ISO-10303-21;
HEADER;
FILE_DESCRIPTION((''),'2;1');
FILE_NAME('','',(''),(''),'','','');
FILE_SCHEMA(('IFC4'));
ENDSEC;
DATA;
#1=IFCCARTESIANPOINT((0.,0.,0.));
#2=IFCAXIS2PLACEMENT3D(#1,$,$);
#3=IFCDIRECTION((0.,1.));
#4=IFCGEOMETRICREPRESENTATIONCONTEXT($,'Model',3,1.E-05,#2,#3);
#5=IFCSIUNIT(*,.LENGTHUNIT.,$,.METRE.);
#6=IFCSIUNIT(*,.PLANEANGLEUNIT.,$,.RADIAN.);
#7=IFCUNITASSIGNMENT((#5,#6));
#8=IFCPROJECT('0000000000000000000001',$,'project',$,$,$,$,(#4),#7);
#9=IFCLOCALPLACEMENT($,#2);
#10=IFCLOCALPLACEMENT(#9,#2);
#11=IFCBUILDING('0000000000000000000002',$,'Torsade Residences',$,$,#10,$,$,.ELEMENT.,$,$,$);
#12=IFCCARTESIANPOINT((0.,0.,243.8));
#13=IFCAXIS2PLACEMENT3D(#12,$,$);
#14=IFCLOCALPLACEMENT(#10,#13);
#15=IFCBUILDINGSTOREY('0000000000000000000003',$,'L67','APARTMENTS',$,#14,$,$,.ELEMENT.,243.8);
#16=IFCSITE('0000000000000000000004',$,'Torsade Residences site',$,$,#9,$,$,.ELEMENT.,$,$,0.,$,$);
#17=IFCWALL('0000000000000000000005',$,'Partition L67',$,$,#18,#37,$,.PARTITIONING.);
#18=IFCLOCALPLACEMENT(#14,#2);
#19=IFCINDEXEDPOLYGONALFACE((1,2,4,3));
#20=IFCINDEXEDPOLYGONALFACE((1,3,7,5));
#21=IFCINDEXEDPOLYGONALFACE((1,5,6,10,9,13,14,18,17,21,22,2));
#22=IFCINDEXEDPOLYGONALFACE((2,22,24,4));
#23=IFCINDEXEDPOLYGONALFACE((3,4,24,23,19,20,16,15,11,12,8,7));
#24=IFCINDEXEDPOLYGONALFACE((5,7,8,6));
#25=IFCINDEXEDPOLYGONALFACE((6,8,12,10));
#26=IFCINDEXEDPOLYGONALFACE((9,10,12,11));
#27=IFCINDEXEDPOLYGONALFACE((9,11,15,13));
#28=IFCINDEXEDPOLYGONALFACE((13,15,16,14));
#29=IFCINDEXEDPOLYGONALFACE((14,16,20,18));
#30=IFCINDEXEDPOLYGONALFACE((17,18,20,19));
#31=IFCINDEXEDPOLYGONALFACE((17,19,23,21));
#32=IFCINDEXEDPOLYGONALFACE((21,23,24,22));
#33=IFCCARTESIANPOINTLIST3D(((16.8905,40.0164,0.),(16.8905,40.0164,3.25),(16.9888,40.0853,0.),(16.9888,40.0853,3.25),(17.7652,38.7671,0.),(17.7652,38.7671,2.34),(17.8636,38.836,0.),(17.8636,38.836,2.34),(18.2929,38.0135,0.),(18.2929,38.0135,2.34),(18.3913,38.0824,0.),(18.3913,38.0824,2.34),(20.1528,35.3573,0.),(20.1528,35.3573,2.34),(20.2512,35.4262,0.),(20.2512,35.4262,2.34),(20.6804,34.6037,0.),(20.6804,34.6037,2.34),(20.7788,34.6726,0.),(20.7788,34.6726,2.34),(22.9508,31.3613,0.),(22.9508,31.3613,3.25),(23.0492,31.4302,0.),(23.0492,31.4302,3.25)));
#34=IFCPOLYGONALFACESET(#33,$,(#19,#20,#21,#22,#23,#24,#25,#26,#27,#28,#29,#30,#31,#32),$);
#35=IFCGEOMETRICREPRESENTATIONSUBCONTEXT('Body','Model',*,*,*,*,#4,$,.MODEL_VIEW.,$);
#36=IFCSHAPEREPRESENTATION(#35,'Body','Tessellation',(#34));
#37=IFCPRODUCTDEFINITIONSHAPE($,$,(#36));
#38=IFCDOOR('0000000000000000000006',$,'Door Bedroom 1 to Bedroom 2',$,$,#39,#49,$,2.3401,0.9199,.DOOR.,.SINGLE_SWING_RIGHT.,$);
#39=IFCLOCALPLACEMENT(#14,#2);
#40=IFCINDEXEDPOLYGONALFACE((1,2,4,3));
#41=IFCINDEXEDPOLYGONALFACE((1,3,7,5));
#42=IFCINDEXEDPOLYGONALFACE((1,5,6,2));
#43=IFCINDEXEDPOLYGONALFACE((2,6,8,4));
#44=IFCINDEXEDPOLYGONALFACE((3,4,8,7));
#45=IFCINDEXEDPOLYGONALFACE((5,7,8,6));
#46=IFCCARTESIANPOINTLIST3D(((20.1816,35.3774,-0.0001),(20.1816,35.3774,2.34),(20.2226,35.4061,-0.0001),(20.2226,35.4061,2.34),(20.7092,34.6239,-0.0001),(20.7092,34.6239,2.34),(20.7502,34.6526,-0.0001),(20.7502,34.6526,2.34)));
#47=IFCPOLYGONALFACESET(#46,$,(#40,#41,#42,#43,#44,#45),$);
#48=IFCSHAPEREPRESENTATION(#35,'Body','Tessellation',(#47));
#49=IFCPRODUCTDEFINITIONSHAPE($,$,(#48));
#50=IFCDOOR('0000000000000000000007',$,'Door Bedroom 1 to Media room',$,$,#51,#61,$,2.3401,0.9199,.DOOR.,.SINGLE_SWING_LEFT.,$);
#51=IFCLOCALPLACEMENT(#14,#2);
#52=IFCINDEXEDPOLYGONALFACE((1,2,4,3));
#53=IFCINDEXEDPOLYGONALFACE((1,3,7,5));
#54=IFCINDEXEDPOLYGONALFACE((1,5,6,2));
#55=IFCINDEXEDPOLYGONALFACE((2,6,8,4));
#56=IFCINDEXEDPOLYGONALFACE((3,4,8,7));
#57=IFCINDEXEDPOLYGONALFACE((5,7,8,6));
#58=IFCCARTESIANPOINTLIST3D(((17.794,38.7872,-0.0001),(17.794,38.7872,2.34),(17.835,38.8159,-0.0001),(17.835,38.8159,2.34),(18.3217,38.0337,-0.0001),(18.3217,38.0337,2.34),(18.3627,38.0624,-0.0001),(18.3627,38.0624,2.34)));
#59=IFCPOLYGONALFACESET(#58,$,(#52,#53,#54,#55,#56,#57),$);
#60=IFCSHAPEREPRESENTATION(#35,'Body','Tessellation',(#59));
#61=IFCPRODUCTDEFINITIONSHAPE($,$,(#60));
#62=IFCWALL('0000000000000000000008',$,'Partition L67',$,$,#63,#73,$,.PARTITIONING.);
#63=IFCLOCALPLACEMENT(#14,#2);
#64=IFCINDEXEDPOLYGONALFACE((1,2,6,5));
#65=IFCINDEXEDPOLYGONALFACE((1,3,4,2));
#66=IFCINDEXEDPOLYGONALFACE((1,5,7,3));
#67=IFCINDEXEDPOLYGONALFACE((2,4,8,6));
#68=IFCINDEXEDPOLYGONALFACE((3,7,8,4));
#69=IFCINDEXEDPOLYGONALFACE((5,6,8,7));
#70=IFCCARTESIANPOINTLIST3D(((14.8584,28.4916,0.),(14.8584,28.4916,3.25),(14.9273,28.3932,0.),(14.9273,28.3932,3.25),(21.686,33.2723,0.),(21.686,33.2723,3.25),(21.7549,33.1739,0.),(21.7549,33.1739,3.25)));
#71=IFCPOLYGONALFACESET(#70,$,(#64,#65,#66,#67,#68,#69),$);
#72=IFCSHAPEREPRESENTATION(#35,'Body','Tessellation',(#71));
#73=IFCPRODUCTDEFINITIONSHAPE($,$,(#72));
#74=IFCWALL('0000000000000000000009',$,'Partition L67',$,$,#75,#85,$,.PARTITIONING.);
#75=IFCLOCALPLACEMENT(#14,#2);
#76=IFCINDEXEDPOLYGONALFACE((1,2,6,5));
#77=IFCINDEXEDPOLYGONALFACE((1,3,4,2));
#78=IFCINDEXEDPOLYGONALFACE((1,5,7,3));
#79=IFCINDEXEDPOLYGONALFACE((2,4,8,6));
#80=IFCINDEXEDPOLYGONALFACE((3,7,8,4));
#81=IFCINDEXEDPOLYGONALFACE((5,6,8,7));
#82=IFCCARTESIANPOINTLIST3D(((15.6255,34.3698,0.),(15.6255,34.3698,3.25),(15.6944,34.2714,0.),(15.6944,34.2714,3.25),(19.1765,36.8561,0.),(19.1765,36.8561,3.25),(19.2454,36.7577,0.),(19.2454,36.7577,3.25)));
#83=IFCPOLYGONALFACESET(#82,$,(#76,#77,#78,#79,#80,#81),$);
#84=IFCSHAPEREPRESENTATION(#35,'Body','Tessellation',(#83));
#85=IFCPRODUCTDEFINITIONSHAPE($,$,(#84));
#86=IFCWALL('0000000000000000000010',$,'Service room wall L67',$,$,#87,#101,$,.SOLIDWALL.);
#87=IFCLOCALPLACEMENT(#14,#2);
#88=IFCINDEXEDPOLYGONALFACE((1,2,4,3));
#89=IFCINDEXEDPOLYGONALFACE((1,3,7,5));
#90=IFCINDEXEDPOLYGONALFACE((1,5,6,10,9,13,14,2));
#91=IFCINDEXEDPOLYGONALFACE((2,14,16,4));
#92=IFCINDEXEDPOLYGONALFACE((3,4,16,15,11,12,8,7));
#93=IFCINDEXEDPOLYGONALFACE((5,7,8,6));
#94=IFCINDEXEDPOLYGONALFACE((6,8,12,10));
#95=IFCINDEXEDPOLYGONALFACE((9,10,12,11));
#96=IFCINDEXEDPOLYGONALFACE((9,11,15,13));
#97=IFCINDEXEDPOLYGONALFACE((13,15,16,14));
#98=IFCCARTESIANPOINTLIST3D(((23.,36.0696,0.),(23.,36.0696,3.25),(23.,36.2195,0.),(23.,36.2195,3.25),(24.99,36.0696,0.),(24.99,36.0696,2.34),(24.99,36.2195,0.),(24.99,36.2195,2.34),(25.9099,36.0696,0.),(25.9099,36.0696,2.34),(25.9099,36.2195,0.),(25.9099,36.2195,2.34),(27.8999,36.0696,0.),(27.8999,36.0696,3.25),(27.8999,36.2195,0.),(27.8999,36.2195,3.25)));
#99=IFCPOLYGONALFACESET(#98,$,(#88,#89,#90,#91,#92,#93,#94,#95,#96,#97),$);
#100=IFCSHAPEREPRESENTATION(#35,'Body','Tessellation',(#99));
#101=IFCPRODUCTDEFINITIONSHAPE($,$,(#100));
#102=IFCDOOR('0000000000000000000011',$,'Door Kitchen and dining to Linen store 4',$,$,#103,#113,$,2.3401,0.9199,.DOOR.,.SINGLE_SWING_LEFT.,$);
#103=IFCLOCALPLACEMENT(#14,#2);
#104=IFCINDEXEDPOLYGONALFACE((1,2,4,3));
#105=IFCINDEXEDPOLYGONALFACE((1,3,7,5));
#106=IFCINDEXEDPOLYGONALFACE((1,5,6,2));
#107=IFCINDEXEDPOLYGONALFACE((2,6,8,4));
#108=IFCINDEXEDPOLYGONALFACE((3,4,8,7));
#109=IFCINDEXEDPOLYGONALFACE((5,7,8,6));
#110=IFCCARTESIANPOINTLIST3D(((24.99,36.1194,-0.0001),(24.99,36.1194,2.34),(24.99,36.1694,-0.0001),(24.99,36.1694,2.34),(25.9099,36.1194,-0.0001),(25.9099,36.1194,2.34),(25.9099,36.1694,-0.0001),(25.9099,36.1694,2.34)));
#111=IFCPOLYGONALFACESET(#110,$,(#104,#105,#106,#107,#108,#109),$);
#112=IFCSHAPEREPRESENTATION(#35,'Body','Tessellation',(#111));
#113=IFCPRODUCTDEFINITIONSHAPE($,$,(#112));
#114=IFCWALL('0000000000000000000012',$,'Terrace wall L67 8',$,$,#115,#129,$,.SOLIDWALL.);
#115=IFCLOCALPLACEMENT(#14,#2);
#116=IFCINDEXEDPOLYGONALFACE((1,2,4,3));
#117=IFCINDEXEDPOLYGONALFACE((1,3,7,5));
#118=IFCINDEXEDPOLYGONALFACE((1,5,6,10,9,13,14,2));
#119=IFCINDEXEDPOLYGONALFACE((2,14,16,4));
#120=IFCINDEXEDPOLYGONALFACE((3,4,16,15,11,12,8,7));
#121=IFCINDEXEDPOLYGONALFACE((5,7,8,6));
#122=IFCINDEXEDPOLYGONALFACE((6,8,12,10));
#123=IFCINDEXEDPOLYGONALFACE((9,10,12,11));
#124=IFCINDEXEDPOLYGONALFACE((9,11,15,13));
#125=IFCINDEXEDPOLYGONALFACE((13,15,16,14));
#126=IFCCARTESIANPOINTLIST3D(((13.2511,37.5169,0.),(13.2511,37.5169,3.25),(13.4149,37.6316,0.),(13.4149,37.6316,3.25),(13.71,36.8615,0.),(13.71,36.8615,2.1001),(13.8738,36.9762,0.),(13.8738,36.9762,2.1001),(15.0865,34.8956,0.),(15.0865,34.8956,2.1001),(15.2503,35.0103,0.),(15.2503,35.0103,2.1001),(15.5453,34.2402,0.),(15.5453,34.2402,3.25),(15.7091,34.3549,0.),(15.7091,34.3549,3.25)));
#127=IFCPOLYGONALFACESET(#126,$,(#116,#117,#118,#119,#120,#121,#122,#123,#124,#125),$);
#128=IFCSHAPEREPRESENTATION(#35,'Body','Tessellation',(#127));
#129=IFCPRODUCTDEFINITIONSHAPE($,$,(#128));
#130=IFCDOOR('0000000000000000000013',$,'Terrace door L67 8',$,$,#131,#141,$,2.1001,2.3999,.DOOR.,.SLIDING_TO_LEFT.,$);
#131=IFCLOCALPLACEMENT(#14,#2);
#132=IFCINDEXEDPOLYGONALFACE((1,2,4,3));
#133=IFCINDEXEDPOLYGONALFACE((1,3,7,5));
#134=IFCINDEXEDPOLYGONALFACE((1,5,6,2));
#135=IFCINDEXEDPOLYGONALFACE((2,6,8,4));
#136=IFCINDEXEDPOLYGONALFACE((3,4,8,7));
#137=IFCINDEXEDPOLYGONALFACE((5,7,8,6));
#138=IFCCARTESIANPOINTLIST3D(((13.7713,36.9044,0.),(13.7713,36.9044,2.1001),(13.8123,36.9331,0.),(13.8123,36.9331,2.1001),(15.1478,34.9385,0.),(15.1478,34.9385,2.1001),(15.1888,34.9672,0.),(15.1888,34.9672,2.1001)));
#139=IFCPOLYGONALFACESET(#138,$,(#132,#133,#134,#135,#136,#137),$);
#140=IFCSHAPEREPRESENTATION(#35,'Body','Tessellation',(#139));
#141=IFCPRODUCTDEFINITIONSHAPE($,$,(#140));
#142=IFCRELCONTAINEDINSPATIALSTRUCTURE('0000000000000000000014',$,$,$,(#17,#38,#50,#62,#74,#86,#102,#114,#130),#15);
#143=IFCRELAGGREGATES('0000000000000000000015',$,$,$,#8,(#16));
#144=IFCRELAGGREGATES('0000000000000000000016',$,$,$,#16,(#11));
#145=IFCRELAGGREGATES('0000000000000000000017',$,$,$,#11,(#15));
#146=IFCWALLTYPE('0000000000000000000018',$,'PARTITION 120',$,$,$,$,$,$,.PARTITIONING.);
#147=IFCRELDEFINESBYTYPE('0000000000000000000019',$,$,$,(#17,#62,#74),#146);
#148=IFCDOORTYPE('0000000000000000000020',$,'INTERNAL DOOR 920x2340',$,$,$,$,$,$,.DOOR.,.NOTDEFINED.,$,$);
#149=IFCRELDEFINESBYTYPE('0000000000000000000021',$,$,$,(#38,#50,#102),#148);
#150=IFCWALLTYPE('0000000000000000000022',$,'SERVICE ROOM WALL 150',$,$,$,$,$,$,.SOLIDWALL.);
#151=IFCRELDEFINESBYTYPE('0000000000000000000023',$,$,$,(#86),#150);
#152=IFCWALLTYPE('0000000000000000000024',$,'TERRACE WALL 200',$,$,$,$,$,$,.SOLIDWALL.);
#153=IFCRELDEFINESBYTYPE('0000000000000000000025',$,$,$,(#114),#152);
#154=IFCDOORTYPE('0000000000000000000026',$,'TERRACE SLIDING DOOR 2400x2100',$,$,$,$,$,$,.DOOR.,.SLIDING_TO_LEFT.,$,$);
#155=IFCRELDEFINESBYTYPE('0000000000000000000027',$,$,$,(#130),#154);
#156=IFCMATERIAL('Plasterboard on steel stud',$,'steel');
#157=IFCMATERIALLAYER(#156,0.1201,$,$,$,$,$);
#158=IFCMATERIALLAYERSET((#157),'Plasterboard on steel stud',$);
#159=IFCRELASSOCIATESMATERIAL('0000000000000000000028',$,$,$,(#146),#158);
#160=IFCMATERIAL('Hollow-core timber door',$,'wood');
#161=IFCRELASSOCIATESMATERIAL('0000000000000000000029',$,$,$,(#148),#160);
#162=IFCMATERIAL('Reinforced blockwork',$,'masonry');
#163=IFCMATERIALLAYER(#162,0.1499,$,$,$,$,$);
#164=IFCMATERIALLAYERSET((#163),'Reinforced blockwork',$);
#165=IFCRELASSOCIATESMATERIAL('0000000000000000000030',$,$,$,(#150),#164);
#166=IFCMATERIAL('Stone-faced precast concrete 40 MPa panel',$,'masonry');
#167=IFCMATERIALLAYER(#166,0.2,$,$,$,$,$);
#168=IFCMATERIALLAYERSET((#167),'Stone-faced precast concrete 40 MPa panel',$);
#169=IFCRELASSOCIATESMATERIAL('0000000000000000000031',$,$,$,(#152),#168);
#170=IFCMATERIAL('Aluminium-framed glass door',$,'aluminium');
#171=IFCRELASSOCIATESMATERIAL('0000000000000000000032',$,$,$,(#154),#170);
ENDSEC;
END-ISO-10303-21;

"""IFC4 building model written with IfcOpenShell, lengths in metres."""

from ifc_helpers import new_model, si_unit, direction, frame, frame_2d, origin, place, context, subcontext, project, spatial, rectangle, extrude, material, layer, layer_set, type_object, element, fill, save


model = new_model("IFC4")

# Units and contexts
model_context = context("Model", 3, precision=1e-05, world=origin(), true_north=direction((0.0, 1.0)))
body_context = subcontext(model_context, "Body", "Model", "MODEL_VIEW")
ifc_project = project(units=[si_unit("LENGTHUNIT", "METRE"), si_unit("PLANEANGLEUNIT", "RADIAN")], contexts=[model_context])

# Site, building, storey
site_placement = place(None, origin())
site = spatial("IfcSite", under=ifc_project, at=site_placement, Name="Torsade Residences site", CompositionType="ELEMENT", RefElevation=0.0)
building_placement = place(site_placement, origin())
building = spatial("IfcBuilding", under=site, at=building_placement, Name="Torsade Residences", CompositionType="ELEMENT")
storey_placement = place(building_placement, frame((0.0, 0.0, 243.8)))
storey = spatial("IfcBuildingStorey", under=building, at=storey_placement, Name="L67", Description="APARTMENTS", CompositionType="ELEMENT", Elevation=243.8)

# Wall, openings, doors
ifc_material_1 = material(Name="Plasterboard on steel stud", Category="steel")
ifc_layer_1 = layer(ifc_material_1, 0.1201)
ifc_layer_set_1 = layer_set([ifc_layer_1], Name="Plasterboard on steel stud")
wall_type_1 = type_object("IfcWallType", Name="PARTITION 120", PredefinedType="PARTITIONING", material=ifc_layer_set_1)
wall_1_placement = place(storey_placement, frame((23.0, 31.3958, 0.0), z_axis=(0.0, 0.0, 1.0), x_axis=(-0.573576, 0.819153, 0.0)))
wall_1 = element("IfcWall", 1, at=wall_1_placement, inside=storey, type_object=wall_type_1, Name="Partition L67", PredefinedType="PARTITIONING", context=body_context, shape_type="SweptSolid", body=[
    extrude(rectangle(XDim=10.5659, YDim=0.1201, at=frame_2d((5.283, 0.0))), origin(), (0.0, 0.0, 1.0), 3.25),
])
opening_1_placement = place(wall_1_placement, frame((3.9583, 0.0, 0.0)))
opening_1 = element("IfcOpeningElement", 2, at=opening_1_placement, cuts=wall_1, PredefinedType="OPENING", context=body_context, shape_type="SweptSolid", body=[
    extrude(rectangle(XDim=0.9199, YDim=2.3401, at=frame_2d((0.46, 1.1699))), frame((0.0, 0.0701, 0.0), z_axis=(0.0, -1.0, 0.0), x_axis=(1.0, 0.0, 0.0)), (0.0, 0.0, 1.0), 0.1401),
])
opening_2_placement = place(wall_1_placement, frame((8.1208, 0.0, 0.0)))
opening_2 = element("IfcOpeningElement", 3, at=opening_2_placement, cuts=wall_1, PredefinedType="OPENING", context=body_context, shape_type="SweptSolid", body=[
    extrude(rectangle(XDim=0.9199, YDim=2.3401, at=frame_2d((0.46, 1.1699))), frame((0.0, 0.0701, 0.0), z_axis=(0.0, -1.0, 0.0), x_axis=(1.0, 0.0, 0.0)), (0.0, 0.0, 1.0), 0.1401),
])
ifc_material_2 = material(Name="Hollow-core timber door", Category="wood")
door_type_1 = type_object("IfcDoorType", Name="INTERNAL DOOR 920x2340", OperationType="NOTDEFINED", PredefinedType="DOOR", material=ifc_material_2)
door_1_placement = place(opening_1_placement, origin())
door_1 = element("IfcDoor", 4, at=door_1_placement, inside=storey, type_object=door_type_1, Name="Door Bedroom 1 to Bedroom 2", OperationType="SINGLE_SWING_RIGHT", OverallHeight=2.3401, OverallWidth=0.9199, PredefinedType="DOOR", context=body_context, shape_type="SweptSolid", body=[
    extrude(rectangle(XDim=0.9199, YDim=2.3401, at=frame_2d((0.46, 1.1699))), frame((0.0, 0.0249, 0.0), z_axis=(0.0, -1.0, 0.0), x_axis=(1.0, 0.0, 0.0)), (0.0, 0.0, 1.0), 0.05),
])
fill(opening_1, door_1)
door_2_placement = place(opening_2_placement, origin())
door_2 = element("IfcDoor", 5, at=door_2_placement, inside=storey, type_object=door_type_1, Name="Door Bedroom 1 to Media room", OperationType="SINGLE_SWING_LEFT", OverallHeight=2.3401, OverallWidth=0.9199, PredefinedType="DOOR", context=body_context, shape_type="SweptSolid", body=[
    extrude(rectangle(XDim=0.9199, YDim=2.3401, at=frame_2d((0.46, 1.1699))), frame((0.0, 0.0249, 0.0), z_axis=(0.0, -1.0, 0.0), x_axis=(1.0, 0.0, 0.0)), (0.0, 0.0, 1.0), 0.05),
])
fill(opening_2, door_2)

# Walls
wall_2_placement = place(storey_placement, frame((21.7205, 33.2231, 0.0), z_axis=(0.0, 0.0, 1.0), x_axis=(-0.819152, -0.573576, 0.0)))
element("IfcWall", 6, at=wall_2_placement, inside=storey, type_object=wall_type_1, Name="Partition L67", PredefinedType="PARTITIONING", context=body_context, shape_type="SweptSolid", body=[
    extrude(rectangle(XDim=8.335, YDim=0.1201, at=frame_2d((4.1675, 0.0))), origin(), (0.0, 0.0, 1.0), 3.25),
])
wall_3_placement = place(storey_placement, frame((15.6599, 34.3206, 0.0), z_axis=(0.0, 0.0, 1.0), x_axis=(0.819166, 0.573557, 0.0)))
element("IfcWall", 7, at=wall_3_placement, inside=storey, type_object=wall_type_1, Name="Partition L67", PredefinedType="PARTITIONING", context=body_context, shape_type="SweptSolid", body=[
    extrude(rectangle(XDim=4.335, YDim=0.1201, at=frame_2d((2.1675, 0.0))), origin(), (0.0, 0.0, 1.0), 3.25),
])

# Walls, openings, doors
ifc_material_3 = material(Name="Reinforced blockwork", Category="masonry")
ifc_layer_2 = layer(ifc_material_3, 0.1499)
ifc_layer_set_2 = layer_set([ifc_layer_2], Name="Reinforced blockwork")
wall_type_2 = type_object("IfcWallType", Name="SERVICE ROOM WALL 150", PredefinedType="SOLIDWALL", material=ifc_layer_set_2)
wall_4_placement = place(storey_placement, frame((23.0, 36.1445, 0.0), z_axis=(0.0, 0.0, 1.0), x_axis=(1.0, 0.0, 0.0)))
wall_4 = element("IfcWall", 8, at=wall_4_placement, inside=storey, type_object=wall_type_2, Name="Service room wall L67", PredefinedType="SOLIDWALL", context=body_context, shape_type="SweptSolid", body=[
    extrude(rectangle(XDim=4.8999, YDim=0.1499, at=frame_2d((2.45, 0.0))), origin(), (0.0, 0.0, 1.0), 3.25),
])
opening_3_placement = place(wall_4_placement, frame((1.99, 0.0, 0.0)))
opening_3 = element("IfcOpeningElement", 9, at=opening_3_placement, cuts=wall_4, PredefinedType="OPENING", context=body_context, shape_type="SweptSolid", body=[
    extrude(rectangle(XDim=0.9199, YDim=2.3401, at=frame_2d((0.46, 1.1699))), frame((0.0, 0.085, 0.0), z_axis=(0.0, -1.0, 0.0), x_axis=(1.0, 0.0, 0.0)), (0.0, 0.0, 1.0), 0.1699),
])
door_3_placement = place(opening_3_placement, origin())
door_3 = element("IfcDoor", 10, at=door_3_placement, inside=storey, type_object=door_type_1, Name="Door Kitchen and dining to Linen store 4", OperationType="SINGLE_SWING_LEFT", OverallHeight=2.3401, OverallWidth=0.9199, PredefinedType="DOOR", context=body_context, shape_type="SweptSolid", body=[
    extrude(rectangle(XDim=0.9199, YDim=2.3401, at=frame_2d((0.46, 1.1699))), frame((0.0, 0.0249, 0.0), z_axis=(0.0, -1.0, 0.0), x_axis=(1.0, 0.0, 0.0)), (0.0, 0.0, 1.0), 0.05),
])
fill(opening_3, door_3)
ifc_material_4 = material(Name="Stone-faced precast concrete 40 MPa panel", Category="masonry")
ifc_layer_3 = layer(ifc_material_4, 0.2)
ifc_layer_set_3 = layer_set([ifc_layer_3], Name="Stone-faced precast concrete 40 MPa panel")
wall_type_3 = type_object("IfcWallType", Name="TERRACE WALL 200", PredefinedType="SOLIDWALL", material=ifc_layer_set_3)
wall_5_placement = place(storey_placement, frame((13.333, 37.5742, 0.0), z_axis=(0.0, 0.0, 1.0), x_axis=(0.573557, -0.819166, 0.0)))
wall_5 = element("IfcWall", 11, at=wall_5_placement, inside=storey, type_object=wall_type_3, Name="Terrace wall L67 8", PredefinedType="SOLIDWALL", context=body_context, shape_type="SweptSolid", body=[
    extrude(rectangle(XDim=4.0, YDim=0.2, at=frame_2d((2.0, 0.0))), origin(), (0.0, 0.0, 1.0), 3.25),
])
opening_4_placement = place(wall_5_placement, frame((0.8, 0.0, 0.0)))
opening_4 = element("IfcOpeningElement", 12, at=opening_4_placement, cuts=wall_5, PredefinedType="OPENING", context=body_context, shape_type="SweptSolid", body=[
    extrude(rectangle(XDim=2.3999, YDim=2.1001, at=frame_2d((1.2, 1.05))), frame((0.0, 0.1099, 0.0), z_axis=(0.0, -1.0, 0.0), x_axis=(1.0, 0.0, 0.0)), (0.0, 0.0, 1.0), 0.22),
])
ifc_material_5 = material(Name="Aluminium-framed glass door", Category="aluminium")
door_type_2 = type_object("IfcDoorType", Name="TERRACE SLIDING DOOR 2400x2100", OperationType="SLIDING_TO_LEFT", PredefinedType="DOOR", material=ifc_material_5)
door_4_placement = place(opening_4_placement, origin())
door_4 = element("IfcDoor", 13, at=door_4_placement, inside=storey, type_object=door_type_2, Name="Terrace door L67 8", OperationType="SLIDING_TO_LEFT", OverallHeight=2.1001, OverallWidth=2.3999, PredefinedType="DOOR", context=body_context, shape_type="SweptSolid", body=[
    extrude(rectangle(XDim=2.3999, YDim=2.1001, at=frame_2d((1.2, 1.05))), frame((0.0, 0.0249, 0.0), z_axis=(0.0, -1.0, 0.0), x_axis=(1.0, 0.0, 0.0)), (0.0, 0.0, 1.0), 0.05),
])
fill(opening_4, door_4)

save(model, "model.ifc")
